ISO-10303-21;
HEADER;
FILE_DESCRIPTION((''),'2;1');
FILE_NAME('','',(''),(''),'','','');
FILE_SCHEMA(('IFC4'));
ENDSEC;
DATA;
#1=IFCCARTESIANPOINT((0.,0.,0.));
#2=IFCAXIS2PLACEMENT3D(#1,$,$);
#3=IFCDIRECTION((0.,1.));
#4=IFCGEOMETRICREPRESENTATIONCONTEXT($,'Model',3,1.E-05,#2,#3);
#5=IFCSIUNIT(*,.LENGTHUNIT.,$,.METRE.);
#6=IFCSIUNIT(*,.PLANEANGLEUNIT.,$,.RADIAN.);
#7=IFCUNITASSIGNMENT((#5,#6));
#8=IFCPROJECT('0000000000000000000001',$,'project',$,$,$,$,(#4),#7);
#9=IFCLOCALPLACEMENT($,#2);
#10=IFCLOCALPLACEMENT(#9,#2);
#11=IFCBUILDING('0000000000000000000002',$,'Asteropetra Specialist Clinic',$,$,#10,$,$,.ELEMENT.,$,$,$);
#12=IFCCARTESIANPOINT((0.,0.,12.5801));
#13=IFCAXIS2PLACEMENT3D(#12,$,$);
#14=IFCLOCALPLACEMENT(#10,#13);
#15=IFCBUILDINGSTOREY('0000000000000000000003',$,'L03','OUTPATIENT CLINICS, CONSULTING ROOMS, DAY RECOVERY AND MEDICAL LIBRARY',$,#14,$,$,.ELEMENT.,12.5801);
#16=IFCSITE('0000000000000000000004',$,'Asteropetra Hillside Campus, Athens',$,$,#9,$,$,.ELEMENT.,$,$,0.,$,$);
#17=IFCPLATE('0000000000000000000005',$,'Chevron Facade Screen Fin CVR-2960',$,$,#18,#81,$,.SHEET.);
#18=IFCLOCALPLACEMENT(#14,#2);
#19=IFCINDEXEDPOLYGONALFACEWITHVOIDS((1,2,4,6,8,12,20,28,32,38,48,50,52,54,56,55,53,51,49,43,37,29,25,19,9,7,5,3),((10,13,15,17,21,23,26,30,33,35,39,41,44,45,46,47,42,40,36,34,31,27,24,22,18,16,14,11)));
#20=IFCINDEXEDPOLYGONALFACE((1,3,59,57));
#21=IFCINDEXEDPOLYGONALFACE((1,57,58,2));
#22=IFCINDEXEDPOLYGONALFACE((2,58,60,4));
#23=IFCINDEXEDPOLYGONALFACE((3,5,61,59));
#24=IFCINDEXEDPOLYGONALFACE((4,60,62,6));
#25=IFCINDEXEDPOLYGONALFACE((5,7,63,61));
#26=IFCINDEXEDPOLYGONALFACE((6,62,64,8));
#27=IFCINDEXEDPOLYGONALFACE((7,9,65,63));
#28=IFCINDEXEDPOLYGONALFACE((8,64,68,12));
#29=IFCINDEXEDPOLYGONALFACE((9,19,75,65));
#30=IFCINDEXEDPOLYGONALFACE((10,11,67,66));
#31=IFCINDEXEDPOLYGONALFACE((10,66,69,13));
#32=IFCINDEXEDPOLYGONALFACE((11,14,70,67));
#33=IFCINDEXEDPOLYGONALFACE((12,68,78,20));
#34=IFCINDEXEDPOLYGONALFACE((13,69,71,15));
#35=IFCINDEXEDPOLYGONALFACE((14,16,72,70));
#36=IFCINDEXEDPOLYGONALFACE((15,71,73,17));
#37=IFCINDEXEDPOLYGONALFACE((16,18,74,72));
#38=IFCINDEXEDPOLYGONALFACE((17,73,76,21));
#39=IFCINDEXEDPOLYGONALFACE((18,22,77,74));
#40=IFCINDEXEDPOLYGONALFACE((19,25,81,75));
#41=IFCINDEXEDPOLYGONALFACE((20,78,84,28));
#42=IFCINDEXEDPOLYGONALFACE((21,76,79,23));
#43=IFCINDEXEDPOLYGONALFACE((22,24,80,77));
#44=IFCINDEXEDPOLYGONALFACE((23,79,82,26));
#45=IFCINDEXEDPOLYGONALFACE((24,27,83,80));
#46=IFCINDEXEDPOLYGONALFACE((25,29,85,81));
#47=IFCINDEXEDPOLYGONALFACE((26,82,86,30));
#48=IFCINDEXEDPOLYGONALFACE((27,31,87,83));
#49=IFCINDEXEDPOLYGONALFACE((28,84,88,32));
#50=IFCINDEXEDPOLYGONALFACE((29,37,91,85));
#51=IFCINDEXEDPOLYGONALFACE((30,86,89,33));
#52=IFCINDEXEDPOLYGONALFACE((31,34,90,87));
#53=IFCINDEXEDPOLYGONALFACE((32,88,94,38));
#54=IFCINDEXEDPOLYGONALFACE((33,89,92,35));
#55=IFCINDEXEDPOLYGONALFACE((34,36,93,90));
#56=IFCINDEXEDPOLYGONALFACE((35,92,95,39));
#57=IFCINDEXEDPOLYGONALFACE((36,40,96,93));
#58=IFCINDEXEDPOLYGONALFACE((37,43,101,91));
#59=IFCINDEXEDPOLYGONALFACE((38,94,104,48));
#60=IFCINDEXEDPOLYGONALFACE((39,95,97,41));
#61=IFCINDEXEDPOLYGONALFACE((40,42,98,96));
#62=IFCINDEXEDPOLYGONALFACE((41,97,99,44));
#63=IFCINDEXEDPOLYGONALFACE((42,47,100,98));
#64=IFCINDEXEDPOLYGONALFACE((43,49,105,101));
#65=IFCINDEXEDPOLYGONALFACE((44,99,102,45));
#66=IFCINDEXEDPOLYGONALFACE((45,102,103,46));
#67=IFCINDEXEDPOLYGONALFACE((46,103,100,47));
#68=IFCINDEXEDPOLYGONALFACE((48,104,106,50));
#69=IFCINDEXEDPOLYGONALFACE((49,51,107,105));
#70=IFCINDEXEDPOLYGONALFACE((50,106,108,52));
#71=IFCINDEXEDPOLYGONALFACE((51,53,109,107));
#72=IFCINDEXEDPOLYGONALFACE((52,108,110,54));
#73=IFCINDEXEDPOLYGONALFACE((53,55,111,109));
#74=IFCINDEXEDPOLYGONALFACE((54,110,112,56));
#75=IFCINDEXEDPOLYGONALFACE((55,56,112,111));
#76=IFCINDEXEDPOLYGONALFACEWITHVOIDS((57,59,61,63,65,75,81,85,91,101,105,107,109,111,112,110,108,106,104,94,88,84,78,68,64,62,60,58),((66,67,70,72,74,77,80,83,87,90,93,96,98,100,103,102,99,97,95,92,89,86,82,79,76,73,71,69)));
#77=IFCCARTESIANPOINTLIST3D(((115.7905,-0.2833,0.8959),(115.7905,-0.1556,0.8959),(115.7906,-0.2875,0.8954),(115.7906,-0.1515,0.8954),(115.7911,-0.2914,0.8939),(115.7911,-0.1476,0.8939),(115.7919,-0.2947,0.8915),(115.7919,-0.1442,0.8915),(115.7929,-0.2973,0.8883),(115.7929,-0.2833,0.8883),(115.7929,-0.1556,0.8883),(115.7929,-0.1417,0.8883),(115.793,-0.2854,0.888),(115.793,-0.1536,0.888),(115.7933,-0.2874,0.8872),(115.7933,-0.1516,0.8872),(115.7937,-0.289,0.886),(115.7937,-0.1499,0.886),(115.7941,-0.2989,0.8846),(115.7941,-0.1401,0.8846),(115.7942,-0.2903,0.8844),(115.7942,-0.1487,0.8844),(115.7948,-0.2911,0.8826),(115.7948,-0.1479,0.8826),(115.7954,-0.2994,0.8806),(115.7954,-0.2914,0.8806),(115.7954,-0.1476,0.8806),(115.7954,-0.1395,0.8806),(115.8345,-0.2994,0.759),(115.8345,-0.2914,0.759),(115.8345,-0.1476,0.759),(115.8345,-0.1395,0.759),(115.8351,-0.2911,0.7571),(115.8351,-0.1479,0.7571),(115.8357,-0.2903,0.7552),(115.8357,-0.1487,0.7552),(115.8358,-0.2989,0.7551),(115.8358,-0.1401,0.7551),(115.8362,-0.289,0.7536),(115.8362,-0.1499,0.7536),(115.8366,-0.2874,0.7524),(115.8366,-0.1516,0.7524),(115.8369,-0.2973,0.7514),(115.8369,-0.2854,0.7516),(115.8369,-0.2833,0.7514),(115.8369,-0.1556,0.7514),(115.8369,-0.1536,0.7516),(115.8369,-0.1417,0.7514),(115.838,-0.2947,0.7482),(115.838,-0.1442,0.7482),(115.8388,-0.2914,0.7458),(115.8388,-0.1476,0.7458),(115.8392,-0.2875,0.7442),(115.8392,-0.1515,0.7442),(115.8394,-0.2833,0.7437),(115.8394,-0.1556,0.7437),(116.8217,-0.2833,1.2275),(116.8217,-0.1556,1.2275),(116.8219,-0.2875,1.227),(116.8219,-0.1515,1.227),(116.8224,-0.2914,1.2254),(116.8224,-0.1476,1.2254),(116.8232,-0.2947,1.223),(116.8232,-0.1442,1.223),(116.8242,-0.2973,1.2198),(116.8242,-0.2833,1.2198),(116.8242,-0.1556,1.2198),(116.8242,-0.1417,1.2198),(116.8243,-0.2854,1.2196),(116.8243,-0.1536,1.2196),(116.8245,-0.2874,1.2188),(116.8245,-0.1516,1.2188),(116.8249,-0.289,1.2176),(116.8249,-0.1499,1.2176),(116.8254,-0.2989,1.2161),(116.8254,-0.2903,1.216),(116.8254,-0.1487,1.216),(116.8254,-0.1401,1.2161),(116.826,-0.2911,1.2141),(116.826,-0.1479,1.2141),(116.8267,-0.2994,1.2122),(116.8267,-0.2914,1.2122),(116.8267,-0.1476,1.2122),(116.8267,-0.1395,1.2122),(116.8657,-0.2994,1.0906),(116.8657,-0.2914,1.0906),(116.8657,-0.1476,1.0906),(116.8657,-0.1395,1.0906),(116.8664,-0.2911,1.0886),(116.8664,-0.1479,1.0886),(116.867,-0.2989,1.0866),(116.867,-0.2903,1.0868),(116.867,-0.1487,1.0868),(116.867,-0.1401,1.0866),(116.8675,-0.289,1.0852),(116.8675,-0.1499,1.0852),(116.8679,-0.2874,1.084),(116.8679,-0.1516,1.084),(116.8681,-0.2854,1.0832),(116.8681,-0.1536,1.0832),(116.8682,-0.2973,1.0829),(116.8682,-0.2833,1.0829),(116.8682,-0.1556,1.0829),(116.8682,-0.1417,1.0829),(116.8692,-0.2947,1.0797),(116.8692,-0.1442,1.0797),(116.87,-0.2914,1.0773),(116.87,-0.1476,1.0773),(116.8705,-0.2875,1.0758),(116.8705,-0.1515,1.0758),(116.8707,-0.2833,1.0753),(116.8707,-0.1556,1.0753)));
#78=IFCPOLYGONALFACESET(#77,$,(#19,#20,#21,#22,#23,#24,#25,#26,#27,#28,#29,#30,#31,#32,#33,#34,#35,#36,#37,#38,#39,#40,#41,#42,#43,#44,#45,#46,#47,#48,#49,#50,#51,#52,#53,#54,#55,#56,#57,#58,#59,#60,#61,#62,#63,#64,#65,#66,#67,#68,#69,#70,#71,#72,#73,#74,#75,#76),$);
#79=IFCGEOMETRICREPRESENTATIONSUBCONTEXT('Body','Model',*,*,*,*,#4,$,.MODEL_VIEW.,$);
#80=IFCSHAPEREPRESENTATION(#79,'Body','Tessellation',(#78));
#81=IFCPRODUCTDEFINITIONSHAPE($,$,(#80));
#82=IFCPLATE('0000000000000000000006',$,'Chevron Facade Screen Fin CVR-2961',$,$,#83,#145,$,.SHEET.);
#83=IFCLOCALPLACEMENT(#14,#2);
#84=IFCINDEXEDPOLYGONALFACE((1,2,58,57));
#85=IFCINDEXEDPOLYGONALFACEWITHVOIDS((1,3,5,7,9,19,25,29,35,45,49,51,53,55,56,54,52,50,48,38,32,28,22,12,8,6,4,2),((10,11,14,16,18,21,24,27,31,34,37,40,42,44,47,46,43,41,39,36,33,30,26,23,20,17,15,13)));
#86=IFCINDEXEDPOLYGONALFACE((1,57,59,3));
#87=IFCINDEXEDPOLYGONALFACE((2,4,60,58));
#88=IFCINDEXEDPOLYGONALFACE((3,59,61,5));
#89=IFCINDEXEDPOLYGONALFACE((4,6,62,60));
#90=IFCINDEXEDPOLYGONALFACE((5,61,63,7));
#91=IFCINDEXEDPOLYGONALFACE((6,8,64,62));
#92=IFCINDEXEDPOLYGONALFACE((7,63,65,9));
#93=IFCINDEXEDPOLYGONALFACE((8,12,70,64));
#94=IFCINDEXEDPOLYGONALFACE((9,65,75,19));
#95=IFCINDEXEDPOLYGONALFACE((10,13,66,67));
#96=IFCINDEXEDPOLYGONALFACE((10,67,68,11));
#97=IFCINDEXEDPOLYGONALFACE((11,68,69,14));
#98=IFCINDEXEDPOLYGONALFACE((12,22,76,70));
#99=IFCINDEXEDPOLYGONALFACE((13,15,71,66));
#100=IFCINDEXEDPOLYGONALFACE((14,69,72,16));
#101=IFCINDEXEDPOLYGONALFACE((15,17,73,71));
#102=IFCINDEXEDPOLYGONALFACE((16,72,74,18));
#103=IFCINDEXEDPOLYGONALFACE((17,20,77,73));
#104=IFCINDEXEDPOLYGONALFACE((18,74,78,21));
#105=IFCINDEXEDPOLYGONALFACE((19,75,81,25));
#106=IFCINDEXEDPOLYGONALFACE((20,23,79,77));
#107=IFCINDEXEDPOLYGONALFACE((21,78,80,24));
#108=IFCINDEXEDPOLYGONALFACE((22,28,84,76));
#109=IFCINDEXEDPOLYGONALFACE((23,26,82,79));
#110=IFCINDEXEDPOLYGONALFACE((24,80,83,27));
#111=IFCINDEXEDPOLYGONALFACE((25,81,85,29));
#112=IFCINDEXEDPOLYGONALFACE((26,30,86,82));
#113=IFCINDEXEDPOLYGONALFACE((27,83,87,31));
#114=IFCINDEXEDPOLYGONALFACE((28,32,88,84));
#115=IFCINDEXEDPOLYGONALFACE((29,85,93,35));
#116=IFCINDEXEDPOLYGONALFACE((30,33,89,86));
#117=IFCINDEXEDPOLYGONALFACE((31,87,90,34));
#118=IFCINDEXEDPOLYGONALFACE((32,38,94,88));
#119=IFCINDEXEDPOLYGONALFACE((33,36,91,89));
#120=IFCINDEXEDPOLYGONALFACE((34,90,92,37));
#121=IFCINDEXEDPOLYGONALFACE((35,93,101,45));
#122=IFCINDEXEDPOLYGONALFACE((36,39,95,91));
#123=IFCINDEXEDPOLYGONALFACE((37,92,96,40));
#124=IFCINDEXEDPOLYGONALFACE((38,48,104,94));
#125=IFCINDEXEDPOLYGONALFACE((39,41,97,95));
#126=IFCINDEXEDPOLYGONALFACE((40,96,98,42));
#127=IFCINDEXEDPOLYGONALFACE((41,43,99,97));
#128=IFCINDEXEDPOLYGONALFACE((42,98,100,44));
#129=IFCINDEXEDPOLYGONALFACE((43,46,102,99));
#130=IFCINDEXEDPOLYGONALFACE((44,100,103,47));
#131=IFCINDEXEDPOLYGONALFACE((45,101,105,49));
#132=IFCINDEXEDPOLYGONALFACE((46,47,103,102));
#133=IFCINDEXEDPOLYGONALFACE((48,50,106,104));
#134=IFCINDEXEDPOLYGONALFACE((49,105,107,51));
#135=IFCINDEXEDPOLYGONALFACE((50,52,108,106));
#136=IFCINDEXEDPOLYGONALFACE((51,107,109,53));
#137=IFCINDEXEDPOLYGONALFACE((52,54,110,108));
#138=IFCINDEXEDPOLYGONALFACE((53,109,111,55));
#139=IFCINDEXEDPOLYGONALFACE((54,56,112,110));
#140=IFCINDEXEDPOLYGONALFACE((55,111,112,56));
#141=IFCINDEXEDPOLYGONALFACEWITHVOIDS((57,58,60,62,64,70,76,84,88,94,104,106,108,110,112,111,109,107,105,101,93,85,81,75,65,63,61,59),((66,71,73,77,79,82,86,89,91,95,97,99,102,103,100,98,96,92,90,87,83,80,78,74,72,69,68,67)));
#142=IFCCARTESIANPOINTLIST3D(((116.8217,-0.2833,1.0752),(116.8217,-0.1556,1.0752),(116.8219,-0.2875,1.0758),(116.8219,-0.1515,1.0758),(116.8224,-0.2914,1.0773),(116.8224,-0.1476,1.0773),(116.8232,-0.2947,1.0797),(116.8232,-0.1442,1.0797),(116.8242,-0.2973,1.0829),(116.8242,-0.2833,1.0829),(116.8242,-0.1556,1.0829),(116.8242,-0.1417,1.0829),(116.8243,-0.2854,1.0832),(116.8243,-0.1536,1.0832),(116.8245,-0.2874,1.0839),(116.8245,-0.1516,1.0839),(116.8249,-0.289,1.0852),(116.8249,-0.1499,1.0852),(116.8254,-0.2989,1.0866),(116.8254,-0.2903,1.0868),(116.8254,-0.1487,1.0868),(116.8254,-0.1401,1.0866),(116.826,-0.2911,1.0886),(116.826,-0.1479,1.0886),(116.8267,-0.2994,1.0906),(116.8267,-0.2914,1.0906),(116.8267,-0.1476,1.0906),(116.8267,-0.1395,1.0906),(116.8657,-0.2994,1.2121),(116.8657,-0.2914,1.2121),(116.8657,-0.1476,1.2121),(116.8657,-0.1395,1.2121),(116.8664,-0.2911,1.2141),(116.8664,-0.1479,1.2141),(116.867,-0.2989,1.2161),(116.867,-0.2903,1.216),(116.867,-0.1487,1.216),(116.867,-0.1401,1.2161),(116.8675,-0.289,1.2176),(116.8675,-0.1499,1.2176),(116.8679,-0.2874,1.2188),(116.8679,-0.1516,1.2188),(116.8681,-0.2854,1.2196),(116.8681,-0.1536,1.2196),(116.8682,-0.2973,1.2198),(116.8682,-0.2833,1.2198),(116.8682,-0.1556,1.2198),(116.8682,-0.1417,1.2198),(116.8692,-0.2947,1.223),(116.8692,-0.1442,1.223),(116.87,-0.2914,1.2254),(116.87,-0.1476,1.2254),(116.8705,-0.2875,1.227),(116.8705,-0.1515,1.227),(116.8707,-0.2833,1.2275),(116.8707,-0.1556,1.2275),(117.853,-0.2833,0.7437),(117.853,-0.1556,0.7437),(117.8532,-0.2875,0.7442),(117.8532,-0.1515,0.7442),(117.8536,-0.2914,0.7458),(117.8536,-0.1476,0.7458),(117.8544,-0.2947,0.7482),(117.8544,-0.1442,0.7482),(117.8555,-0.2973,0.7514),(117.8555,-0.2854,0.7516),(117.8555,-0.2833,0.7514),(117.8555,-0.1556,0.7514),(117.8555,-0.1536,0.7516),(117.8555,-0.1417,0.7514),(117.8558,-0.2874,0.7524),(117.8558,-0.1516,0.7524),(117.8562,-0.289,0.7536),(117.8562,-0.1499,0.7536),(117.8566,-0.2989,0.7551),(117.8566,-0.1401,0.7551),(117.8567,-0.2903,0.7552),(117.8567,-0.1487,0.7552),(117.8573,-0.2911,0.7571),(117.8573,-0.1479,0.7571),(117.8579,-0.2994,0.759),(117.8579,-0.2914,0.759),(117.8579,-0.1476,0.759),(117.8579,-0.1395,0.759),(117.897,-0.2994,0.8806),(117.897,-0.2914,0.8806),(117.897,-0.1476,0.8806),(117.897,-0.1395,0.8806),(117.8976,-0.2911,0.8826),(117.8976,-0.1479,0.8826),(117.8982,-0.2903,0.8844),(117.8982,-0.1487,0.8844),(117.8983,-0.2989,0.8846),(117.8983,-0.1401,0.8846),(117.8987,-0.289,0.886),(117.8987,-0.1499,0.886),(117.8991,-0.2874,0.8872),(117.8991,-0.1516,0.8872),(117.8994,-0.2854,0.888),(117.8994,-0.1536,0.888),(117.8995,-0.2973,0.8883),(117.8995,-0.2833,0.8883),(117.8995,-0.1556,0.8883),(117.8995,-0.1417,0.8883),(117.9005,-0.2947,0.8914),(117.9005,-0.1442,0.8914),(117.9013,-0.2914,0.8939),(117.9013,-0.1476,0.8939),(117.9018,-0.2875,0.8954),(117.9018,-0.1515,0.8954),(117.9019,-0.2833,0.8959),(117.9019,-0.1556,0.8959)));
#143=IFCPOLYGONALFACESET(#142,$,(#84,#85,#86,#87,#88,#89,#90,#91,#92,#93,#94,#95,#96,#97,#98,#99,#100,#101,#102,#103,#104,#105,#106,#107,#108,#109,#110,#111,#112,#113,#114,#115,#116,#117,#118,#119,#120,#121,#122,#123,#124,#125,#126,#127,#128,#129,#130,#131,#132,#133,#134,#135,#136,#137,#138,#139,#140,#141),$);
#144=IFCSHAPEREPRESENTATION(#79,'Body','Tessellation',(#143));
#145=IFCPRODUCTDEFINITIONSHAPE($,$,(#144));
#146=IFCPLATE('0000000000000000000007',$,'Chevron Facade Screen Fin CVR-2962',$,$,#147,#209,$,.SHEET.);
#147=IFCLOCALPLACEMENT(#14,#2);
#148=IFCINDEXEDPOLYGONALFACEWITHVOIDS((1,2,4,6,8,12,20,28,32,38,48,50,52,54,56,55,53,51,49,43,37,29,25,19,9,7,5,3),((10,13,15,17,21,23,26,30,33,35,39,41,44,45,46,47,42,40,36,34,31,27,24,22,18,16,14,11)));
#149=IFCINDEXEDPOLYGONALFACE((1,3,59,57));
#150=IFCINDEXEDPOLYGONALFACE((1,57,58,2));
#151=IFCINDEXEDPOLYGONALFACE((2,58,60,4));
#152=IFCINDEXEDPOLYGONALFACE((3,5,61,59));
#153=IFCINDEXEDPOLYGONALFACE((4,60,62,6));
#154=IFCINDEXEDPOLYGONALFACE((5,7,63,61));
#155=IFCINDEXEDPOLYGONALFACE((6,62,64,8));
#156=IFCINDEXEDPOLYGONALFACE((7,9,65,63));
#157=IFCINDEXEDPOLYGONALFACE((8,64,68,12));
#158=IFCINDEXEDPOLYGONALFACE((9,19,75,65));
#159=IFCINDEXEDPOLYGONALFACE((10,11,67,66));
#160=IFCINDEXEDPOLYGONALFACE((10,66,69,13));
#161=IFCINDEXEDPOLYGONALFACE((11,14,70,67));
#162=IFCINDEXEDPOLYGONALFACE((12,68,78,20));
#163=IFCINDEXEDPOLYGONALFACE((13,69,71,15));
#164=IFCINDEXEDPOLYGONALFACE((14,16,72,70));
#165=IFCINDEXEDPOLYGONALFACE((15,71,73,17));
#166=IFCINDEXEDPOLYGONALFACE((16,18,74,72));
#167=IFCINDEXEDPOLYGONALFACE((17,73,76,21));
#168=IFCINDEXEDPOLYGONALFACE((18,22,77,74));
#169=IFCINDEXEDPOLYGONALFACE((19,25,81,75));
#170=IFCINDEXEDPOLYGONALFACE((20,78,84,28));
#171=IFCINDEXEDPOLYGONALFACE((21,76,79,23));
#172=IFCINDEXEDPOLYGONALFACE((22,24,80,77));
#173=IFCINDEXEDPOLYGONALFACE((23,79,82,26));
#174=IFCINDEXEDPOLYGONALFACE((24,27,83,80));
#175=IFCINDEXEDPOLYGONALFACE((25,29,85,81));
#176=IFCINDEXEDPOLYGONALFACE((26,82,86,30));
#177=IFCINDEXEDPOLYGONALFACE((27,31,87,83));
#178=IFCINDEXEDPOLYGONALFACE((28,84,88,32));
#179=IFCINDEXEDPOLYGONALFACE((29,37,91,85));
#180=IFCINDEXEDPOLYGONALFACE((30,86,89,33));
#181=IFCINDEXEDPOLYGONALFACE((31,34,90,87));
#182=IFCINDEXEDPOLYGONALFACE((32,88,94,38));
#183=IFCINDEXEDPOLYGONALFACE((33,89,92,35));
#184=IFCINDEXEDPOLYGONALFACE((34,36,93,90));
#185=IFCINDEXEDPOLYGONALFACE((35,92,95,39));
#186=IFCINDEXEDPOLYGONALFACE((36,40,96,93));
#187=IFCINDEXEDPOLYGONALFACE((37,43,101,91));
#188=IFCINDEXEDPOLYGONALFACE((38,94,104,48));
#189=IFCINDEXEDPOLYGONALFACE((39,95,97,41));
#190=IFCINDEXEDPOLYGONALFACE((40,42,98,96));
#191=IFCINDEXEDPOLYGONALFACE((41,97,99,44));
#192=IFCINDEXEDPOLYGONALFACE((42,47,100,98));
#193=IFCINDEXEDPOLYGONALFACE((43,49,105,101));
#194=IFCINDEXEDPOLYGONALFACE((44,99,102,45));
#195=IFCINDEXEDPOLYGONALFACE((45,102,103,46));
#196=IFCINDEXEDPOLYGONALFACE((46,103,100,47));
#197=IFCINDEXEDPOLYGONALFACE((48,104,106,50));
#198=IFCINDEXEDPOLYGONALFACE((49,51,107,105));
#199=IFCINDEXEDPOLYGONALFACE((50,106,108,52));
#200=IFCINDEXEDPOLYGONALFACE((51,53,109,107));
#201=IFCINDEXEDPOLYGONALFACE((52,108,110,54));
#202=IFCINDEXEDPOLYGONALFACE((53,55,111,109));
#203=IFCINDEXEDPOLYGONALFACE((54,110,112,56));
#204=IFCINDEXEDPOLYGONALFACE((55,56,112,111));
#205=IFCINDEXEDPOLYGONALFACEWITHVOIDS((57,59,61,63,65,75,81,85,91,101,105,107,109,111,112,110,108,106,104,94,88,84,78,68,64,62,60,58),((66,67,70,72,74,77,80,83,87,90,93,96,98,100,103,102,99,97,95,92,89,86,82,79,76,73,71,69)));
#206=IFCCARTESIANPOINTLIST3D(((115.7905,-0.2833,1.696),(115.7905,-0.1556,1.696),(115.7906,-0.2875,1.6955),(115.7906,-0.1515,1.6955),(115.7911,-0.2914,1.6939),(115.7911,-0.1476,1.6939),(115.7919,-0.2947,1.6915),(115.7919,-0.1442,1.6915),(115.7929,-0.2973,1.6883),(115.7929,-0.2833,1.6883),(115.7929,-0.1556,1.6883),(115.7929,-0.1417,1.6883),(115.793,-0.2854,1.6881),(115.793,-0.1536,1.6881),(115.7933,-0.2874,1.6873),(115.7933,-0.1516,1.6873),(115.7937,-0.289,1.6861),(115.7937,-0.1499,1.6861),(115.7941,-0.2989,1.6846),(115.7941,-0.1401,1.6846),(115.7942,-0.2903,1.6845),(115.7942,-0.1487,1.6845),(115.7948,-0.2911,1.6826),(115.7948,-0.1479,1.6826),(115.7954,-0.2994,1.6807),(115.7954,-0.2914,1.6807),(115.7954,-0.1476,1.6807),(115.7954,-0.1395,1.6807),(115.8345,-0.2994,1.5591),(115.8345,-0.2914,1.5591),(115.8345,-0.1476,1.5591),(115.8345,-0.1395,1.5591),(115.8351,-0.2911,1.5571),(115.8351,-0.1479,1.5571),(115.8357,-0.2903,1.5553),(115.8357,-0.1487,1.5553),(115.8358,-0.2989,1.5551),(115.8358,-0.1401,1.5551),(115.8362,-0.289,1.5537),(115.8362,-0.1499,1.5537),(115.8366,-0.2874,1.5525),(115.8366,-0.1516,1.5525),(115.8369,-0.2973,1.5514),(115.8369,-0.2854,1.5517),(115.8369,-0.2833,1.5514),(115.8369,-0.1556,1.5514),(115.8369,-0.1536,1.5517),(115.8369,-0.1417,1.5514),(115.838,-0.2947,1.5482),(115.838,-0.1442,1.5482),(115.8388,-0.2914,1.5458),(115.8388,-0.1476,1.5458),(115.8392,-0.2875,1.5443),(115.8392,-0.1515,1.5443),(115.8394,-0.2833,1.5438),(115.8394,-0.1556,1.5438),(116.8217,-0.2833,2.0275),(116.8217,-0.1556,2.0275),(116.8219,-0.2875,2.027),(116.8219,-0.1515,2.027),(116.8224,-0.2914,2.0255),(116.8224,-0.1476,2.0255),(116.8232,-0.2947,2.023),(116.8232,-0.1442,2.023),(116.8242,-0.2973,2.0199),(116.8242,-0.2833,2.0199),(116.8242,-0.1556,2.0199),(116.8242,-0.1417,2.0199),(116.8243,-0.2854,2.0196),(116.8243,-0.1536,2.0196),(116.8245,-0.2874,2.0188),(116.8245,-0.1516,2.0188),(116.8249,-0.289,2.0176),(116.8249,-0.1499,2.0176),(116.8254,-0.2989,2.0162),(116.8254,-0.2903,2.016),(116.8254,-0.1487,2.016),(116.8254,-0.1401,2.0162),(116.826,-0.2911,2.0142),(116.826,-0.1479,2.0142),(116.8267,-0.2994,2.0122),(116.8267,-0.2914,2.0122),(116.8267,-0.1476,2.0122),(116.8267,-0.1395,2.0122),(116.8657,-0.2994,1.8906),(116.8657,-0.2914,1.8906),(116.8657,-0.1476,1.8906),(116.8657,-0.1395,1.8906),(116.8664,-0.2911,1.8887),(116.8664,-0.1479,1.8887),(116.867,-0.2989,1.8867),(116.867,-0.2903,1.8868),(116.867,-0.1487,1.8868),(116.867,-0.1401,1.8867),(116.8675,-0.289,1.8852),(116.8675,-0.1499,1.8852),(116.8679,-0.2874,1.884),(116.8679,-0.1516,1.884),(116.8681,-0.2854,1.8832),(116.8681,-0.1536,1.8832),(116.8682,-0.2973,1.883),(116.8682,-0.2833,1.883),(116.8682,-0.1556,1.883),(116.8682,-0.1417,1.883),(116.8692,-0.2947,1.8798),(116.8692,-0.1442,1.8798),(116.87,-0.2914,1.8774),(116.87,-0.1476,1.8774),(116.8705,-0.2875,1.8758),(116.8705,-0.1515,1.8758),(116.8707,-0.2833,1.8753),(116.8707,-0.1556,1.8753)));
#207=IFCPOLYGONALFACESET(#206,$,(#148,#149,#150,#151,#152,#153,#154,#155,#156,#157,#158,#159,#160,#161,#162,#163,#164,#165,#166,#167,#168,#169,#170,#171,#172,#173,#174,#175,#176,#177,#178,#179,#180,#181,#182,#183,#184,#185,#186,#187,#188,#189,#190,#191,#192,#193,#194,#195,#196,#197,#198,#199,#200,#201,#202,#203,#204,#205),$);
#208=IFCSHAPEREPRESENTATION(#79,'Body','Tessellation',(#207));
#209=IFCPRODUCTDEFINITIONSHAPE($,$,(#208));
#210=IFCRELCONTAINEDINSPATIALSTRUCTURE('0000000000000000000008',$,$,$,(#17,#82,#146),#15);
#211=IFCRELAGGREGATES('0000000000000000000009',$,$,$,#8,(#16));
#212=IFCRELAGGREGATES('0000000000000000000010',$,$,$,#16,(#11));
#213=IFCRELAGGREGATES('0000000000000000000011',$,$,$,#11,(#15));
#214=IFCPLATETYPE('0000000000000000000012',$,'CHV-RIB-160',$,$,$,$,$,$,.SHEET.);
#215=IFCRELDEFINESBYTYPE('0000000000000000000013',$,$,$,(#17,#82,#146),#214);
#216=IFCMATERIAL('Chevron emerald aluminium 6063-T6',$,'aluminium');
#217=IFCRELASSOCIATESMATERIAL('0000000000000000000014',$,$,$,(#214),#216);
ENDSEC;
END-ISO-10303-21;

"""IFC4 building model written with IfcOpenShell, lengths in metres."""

from ifc_helpers import new_model, si_unit, direction, frame, origin, origin_2d, place, context, subcontext, project, spatial, hollow_rectangle, extrude, material, material_profile, profile_set, type_object, element, save


model = new_model("IFC4")

# Units and contexts
model_context = context("Model", 3, precision=1e-05, world=origin(), true_north=direction((0.0, 1.0)))
body_context = subcontext(model_context, "Body", "Model", "MODEL_VIEW")
ifc_project = project(units=[si_unit("LENGTHUNIT", "METRE"), si_unit("PLANEANGLEUNIT", "RADIAN")], contexts=[model_context])

# Site, building, storey
site_placement = place(None, origin())
site = spatial("IfcSite", under=ifc_project, at=site_placement, Name="Asteropetra Hillside Campus, Athens", CompositionType="ELEMENT", RefElevation=0.0)
building_placement = place(site_placement, origin())
building = spatial("IfcBuilding", under=site, at=building_placement, Name="Asteropetra Specialist Clinic", CompositionType="ELEMENT")
storey_placement = place(building_placement, frame((0.0, 0.0, 12.5801)))
storey = spatial("IfcBuildingStorey", under=building, at=storey_placement, Name="L03", Description="OUTPATIENT CLINICS, CONSULTING ROOMS, DAY RECOVERY AND MEDICAL LIBRARY", CompositionType="ELEMENT", Elevation=12.5801)

# Plates
ifc_material_1 = material(Name="Chevron emerald aluminium 6063-T6", Category="aluminium")
ifc_material_profile_1 = material_profile(ifc_material_1, hollow_rectangle(XDim=0.1599, YDim=0.1599, WallThickness=0.0081, InnerFilletRadius=0.0081, OuterFilletRadius=0.0161, at=origin_2d()), Name="SHS 160x160x8.0")
ifc_profile_set_1 = profile_set([ifc_material_profile_1], Name="Chevron emerald aluminium 6063-T6")
plate_type_1 = type_object("IfcPlateType", Name="CHV-RIB-160", PredefinedType="SHEET", material=ifc_profile_set_1)
for number, where, z_axis, x_axis, name in (
    (1, (115.8149, -0.2195, 0.8198), (0.95201, 0.0, 0.306068), (0.0, 1.0, 0.0), "Chevron Facade Screen Fin CVR-2960"),
    (2, (116.8462, -0.2195, 1.1514), (0.95201, 0.0, -0.306068), (0.0, 1.0, 0.0), "Chevron Facade Screen Fin CVR-2961"),
    (3, (115.8149, -0.2195, 1.6199), (0.95201, 0.0, 0.306068), (0.0, 1.0, 0.0), "Chevron Facade Screen Fin CVR-2962"),
):
    element("IfcPlate", number, at=place(storey_placement, frame(where, z_axis=z_axis, x_axis=x_axis)), inside=storey, type_object=plate_type_1, Name=name, PredefinedType="SHEET", context=body_context, shape_type="SweptSolid", body=[
        extrude(hollow_rectangle(XDim=0.1599, YDim=0.1599, WallThickness=0.0081, InnerFilletRadius=0.0081, OuterFilletRadius=0.0161, at=origin_2d()), origin(), (0.0, 0.0, 1.0), 1.0833),
    ])

save(model, "model.ifc")
